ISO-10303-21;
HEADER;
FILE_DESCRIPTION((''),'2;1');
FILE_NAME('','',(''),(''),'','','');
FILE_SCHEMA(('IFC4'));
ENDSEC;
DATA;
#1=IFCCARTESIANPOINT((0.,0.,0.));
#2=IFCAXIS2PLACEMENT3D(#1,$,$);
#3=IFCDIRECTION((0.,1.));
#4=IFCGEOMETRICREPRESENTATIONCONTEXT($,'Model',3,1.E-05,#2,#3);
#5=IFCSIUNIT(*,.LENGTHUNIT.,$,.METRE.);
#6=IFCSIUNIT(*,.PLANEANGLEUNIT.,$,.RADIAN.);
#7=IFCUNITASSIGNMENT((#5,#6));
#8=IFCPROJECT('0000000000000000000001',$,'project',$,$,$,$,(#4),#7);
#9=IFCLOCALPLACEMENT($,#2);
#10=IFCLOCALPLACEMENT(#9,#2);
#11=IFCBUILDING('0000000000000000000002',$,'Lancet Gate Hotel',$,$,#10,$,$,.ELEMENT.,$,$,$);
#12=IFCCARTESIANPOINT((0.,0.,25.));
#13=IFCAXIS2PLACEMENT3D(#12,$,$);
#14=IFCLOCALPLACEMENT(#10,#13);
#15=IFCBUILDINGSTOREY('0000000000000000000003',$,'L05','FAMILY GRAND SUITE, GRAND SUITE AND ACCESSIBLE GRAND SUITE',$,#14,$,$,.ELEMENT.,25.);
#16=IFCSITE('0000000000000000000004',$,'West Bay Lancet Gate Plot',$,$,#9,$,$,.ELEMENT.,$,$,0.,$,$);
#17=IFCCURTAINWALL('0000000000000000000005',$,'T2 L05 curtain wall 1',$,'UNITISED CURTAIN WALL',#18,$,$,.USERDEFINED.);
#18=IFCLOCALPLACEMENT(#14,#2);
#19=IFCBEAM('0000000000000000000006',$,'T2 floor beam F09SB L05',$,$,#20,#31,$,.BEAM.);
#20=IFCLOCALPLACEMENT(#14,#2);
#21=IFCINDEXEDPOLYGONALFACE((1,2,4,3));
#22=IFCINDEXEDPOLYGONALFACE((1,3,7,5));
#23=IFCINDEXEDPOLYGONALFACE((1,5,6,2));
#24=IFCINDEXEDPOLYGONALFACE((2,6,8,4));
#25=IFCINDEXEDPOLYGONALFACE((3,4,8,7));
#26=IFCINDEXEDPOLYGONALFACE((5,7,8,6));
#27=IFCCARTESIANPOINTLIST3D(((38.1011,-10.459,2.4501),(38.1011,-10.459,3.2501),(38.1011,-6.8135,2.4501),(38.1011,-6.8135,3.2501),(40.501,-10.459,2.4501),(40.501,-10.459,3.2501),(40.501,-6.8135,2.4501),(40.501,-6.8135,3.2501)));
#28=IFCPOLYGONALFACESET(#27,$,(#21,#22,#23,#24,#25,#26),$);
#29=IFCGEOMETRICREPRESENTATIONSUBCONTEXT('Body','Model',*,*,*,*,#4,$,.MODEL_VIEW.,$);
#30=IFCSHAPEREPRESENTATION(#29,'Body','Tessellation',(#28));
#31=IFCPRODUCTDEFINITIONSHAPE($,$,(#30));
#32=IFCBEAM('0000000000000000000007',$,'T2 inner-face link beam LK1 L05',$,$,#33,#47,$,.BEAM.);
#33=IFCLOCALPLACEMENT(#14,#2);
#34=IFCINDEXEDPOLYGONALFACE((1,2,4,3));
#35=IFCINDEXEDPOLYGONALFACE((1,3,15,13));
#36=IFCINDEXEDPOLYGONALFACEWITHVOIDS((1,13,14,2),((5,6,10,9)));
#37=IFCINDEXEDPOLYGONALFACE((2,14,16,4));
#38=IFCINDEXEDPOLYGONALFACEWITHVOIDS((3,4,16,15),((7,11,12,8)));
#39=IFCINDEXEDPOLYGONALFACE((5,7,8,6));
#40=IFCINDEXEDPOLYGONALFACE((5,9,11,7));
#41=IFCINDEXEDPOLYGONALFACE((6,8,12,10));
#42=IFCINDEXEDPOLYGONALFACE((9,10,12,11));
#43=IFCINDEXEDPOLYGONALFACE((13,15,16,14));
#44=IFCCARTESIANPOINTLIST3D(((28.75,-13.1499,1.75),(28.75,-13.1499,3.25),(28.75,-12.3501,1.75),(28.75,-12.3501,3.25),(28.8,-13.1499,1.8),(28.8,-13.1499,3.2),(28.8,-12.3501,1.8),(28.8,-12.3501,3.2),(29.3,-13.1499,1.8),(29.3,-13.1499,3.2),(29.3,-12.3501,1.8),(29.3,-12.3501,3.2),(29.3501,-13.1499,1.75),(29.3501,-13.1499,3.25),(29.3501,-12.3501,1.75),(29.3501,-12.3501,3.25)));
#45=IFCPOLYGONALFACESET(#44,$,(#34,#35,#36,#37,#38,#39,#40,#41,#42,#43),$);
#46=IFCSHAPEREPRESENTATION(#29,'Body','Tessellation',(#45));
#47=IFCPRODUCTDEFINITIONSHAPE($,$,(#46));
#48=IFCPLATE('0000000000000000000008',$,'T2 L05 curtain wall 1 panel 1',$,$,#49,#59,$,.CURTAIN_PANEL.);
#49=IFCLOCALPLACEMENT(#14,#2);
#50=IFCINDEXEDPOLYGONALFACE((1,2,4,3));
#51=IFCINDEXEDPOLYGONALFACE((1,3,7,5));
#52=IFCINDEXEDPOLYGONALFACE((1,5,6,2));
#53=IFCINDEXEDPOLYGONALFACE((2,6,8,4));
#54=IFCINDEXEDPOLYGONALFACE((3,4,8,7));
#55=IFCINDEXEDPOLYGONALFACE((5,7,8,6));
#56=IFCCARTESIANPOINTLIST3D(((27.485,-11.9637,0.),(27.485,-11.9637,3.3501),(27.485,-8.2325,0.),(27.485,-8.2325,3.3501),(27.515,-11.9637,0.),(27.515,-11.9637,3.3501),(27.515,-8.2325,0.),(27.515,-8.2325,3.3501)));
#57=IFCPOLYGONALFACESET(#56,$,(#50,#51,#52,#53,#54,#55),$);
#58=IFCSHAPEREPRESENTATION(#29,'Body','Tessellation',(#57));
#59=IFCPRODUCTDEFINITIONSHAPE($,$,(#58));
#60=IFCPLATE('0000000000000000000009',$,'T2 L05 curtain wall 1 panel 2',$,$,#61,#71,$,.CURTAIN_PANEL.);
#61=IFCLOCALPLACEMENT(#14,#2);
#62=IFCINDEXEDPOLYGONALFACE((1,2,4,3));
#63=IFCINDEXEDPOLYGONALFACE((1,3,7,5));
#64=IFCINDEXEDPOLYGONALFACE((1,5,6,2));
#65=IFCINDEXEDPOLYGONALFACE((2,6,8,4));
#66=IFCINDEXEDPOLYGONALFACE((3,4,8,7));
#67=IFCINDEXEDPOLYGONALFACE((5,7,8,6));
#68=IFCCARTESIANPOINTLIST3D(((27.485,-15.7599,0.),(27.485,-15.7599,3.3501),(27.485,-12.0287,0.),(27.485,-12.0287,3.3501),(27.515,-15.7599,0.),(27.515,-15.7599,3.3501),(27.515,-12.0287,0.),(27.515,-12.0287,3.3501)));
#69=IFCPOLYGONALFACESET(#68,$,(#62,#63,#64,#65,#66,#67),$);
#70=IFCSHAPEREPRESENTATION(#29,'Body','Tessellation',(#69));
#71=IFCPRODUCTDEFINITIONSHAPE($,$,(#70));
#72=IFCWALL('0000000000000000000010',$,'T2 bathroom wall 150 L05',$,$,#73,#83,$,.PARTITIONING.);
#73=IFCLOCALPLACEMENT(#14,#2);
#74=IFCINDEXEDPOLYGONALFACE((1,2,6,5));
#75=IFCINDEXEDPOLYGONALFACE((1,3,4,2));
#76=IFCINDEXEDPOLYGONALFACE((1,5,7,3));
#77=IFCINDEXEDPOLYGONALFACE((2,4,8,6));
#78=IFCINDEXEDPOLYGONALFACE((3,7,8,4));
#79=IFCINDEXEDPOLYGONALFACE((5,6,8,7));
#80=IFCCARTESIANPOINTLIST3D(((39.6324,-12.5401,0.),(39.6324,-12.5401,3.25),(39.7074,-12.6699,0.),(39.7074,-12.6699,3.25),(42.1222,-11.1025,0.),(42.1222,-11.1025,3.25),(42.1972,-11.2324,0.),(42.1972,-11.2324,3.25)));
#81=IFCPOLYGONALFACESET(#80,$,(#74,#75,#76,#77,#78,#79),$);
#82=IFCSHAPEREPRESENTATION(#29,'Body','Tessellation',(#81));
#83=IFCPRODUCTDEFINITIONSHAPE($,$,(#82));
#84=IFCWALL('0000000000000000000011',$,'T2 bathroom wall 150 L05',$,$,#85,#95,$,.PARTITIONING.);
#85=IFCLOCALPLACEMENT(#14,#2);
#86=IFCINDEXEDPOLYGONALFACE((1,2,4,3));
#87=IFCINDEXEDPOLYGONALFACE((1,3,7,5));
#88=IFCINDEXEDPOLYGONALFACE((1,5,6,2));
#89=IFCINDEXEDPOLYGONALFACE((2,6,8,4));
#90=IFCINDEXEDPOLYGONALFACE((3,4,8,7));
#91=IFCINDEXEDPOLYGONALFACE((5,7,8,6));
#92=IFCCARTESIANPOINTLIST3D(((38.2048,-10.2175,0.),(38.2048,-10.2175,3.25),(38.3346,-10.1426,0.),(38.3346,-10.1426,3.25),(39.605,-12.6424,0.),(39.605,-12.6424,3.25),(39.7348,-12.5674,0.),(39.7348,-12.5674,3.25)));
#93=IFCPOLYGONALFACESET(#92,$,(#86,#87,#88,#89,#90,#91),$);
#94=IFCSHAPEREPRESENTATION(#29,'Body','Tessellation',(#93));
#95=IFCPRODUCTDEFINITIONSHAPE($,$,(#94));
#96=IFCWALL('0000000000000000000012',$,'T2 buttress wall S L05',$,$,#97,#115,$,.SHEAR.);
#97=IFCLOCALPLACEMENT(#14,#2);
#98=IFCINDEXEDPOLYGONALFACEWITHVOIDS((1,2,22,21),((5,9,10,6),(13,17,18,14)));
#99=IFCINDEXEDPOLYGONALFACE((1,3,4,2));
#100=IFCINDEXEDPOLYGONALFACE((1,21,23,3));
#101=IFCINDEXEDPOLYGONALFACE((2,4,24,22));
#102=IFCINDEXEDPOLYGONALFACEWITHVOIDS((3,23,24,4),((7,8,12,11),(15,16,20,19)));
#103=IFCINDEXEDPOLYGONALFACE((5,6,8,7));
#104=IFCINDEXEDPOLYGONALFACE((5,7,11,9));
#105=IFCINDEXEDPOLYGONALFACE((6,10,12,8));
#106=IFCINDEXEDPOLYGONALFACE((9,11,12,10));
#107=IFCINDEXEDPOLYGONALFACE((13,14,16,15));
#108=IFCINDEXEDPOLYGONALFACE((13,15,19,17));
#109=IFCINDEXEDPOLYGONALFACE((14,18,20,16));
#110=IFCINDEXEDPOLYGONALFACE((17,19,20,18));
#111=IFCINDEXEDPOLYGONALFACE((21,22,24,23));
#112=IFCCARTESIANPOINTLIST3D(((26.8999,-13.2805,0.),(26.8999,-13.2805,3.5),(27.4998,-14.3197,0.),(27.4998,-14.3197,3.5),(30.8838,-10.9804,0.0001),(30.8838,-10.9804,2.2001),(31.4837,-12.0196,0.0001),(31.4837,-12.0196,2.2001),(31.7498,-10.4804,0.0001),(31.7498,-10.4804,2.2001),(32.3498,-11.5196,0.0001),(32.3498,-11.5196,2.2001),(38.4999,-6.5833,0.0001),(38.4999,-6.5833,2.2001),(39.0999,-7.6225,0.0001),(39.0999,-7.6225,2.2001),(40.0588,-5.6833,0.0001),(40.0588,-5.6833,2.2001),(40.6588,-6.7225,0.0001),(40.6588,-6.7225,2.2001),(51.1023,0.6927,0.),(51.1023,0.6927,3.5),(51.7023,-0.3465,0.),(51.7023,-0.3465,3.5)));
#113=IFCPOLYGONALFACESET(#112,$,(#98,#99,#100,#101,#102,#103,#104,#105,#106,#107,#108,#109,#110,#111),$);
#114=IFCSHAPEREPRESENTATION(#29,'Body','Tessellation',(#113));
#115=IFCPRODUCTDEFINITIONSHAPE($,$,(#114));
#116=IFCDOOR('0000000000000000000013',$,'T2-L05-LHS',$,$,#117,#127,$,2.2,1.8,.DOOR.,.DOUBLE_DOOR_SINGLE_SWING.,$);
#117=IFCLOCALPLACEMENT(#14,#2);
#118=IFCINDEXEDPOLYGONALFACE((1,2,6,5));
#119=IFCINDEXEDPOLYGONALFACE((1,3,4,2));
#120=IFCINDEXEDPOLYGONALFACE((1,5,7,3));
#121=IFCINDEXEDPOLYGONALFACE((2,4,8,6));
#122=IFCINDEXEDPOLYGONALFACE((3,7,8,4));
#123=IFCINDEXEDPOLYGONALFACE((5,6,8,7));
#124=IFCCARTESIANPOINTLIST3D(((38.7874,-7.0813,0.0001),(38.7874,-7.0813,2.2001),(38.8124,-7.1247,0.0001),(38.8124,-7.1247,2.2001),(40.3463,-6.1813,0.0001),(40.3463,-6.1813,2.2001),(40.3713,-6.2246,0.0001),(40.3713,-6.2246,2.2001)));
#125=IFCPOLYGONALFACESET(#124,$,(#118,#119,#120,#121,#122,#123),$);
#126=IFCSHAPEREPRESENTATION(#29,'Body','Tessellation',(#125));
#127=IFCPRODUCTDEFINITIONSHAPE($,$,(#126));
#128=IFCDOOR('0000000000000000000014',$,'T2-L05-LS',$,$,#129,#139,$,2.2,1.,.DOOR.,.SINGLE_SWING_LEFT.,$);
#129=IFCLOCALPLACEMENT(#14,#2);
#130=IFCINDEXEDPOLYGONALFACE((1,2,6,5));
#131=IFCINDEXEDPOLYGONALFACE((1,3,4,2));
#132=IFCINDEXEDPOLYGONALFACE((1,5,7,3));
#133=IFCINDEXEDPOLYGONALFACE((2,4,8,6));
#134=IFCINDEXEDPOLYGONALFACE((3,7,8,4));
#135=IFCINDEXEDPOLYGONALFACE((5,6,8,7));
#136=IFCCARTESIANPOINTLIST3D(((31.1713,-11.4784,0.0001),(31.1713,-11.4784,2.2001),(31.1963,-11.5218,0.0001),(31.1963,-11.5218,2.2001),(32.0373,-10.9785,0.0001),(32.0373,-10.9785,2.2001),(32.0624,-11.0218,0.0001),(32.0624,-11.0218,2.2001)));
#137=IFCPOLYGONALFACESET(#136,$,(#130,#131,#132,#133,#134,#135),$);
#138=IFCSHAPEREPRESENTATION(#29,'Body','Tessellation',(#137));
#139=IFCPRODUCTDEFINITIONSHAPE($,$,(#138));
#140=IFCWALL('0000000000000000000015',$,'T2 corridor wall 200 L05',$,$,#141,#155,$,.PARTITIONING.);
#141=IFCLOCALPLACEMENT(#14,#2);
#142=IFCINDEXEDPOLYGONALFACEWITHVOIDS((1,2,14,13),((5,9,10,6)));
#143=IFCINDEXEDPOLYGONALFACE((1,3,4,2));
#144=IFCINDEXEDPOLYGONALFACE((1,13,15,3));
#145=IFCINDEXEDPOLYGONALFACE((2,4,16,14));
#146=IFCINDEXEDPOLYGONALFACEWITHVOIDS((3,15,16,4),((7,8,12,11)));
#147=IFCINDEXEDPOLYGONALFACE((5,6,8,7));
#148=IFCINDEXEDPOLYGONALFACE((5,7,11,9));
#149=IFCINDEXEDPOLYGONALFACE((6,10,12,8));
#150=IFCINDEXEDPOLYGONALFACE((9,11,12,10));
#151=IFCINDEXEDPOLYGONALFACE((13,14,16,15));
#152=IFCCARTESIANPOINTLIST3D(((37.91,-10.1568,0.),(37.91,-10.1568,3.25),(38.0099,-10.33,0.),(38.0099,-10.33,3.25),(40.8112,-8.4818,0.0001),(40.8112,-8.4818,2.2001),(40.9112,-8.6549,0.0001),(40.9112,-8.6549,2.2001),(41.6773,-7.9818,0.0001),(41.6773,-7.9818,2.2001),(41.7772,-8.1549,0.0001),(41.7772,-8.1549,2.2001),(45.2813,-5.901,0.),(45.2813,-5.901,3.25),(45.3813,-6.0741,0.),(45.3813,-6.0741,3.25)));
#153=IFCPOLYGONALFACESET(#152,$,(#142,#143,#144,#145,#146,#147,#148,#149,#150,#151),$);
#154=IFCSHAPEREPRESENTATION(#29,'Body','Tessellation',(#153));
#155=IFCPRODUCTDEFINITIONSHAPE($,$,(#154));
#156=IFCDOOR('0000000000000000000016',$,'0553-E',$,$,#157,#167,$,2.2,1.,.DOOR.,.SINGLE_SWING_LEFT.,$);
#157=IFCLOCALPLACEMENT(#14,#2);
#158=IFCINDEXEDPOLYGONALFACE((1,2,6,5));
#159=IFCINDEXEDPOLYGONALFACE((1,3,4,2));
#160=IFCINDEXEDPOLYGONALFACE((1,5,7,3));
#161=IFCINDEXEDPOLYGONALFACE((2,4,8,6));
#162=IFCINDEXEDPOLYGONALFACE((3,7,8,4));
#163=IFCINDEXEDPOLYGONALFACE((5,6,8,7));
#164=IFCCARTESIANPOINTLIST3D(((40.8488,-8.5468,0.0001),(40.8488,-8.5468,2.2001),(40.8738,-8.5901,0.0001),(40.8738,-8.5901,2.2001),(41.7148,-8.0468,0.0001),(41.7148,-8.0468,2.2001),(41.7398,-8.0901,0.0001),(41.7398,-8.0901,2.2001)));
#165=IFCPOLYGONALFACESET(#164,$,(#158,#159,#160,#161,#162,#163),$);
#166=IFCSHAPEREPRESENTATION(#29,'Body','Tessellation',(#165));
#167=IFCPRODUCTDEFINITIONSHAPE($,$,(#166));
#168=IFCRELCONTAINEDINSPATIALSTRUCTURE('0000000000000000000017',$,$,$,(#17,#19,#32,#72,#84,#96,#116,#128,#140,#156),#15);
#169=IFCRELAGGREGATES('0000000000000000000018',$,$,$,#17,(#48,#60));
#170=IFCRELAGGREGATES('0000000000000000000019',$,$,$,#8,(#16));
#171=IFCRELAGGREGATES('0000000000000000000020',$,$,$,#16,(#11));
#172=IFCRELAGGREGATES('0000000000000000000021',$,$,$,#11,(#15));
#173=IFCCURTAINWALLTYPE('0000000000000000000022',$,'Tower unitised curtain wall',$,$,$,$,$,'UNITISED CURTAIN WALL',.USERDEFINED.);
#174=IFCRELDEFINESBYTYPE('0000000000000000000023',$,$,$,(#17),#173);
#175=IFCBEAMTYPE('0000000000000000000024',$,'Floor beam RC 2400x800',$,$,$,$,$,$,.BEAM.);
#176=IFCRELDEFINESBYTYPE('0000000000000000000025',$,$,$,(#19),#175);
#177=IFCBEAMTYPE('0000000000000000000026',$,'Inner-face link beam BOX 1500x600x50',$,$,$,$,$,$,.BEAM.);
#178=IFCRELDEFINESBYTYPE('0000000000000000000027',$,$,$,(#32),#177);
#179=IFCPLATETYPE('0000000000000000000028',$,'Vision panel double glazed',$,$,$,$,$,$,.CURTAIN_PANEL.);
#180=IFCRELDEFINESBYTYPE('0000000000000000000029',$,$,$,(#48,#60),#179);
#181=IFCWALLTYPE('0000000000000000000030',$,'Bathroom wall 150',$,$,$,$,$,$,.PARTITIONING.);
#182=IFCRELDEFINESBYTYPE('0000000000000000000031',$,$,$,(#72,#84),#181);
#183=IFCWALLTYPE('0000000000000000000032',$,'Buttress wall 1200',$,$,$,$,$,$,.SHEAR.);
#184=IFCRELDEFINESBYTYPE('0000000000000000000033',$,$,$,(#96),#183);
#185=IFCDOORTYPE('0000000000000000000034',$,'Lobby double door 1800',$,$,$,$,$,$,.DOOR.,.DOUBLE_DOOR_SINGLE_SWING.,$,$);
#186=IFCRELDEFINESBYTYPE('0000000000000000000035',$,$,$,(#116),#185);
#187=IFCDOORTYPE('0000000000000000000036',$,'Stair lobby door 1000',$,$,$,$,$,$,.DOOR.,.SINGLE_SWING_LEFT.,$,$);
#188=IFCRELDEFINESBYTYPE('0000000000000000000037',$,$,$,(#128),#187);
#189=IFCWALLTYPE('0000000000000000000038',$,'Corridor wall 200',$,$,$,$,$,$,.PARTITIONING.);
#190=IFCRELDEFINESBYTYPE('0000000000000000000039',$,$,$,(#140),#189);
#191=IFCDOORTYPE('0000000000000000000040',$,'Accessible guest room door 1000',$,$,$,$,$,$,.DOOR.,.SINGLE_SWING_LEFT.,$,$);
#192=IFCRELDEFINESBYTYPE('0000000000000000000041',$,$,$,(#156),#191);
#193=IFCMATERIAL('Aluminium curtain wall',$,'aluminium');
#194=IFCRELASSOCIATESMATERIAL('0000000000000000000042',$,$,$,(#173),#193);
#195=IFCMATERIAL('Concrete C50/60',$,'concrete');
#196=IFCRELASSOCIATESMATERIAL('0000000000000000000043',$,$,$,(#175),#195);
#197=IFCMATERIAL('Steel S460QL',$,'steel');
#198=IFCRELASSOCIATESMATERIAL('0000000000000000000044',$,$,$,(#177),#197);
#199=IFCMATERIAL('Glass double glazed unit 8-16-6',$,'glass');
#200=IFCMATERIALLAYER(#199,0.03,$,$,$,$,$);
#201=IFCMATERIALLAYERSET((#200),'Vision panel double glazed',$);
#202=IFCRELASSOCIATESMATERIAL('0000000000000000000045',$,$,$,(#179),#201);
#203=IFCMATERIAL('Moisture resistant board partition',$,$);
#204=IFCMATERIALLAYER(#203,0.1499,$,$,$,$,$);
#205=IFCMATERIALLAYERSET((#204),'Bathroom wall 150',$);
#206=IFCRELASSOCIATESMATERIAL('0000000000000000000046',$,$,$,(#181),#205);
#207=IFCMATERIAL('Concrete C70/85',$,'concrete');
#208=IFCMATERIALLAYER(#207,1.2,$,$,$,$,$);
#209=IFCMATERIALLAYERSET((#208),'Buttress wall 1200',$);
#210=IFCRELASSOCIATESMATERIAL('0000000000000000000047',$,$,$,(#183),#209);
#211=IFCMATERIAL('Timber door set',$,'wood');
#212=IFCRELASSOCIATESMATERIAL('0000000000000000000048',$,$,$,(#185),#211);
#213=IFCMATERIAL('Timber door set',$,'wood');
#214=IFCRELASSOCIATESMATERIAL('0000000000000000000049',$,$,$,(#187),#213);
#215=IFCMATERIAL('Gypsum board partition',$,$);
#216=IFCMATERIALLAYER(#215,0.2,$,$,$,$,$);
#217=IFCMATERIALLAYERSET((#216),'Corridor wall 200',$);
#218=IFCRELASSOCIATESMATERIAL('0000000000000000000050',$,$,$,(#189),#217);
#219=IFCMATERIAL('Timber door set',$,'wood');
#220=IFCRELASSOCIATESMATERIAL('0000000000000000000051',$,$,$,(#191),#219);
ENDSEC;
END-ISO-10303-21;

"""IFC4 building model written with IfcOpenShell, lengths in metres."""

from ifc_helpers import new_model, si_unit, direction, frame, frame_2d, origin, origin_2d, place, context, subcontext, project, spatial, rectangle, hollow_rectangle, extrude, material, layer, layer_set, material_profile, profile_set, type_object, element, fill, aggregate, save


model = new_model("IFC4")

# Units and contexts
model_context = context("Model", 3, precision=1e-05, world=origin(), true_north=direction((0.0, 1.0)))
body_context = subcontext(model_context, "Body", "Model", "MODEL_VIEW")
ifc_project = project(units=[si_unit("LENGTHUNIT", "METRE"), si_unit("PLANEANGLEUNIT", "RADIAN")], contexts=[model_context])

# Site, building, storey
site_placement = place(None, origin())
site = spatial("IfcSite", under=ifc_project, at=site_placement, Name="West Bay Lancet Gate Plot", CompositionType="ELEMENT", RefElevation=0.0)
building_placement = place(site_placement, origin())
building = spatial("IfcBuilding", under=site, at=building_placement, Name="Lancet Gate Hotel", CompositionType="ELEMENT")
storey_placement = place(building_placement, frame((0.0, 0.0, 25.0)))
storey = spatial("IfcBuildingStorey", under=building, at=storey_placement, Name="L05", Description="FAMILY GRAND SUITE, GRAND SUITE AND ACCESSIBLE GRAND SUITE", CompositionType="ELEMENT", Elevation=25.0)

# Curtain wall
ifc_material_1 = material(Name="Aluminium curtain wall", Category="aluminium")
curtain_wall_type = type_object("IfcCurtainWallType", Name="Tower unitised curtain wall", ElementType="UNITISED CURTAIN WALL", PredefinedType="USERDEFINED", material=ifc_material_1)
curtain_wall_placement = place(storey_placement, origin())
curtain_wall = element("IfcCurtainWall", 1, at=curtain_wall_placement, inside=storey, type_object=curtain_wall_type, Name="T2 L05 curtain wall 1", ObjectType="UNITISED CURTAIN WALL", PredefinedType="USERDEFINED")

# Beams
ifc_material_2 = material(Name="Concrete C50/60", Category="concrete")
ifc_material_profile_1 = material_profile(ifc_material_2, rectangle(XDim=2.3999, YDim=0.8, at=origin_2d()), Name="RC 2400x800")
ifc_profile_set_1 = profile_set([ifc_material_profile_1], Name="Concrete C50/60")
beam_type_1 = type_object("IfcBeamType", Name="Floor beam RC 2400x800", PredefinedType="BEAM", material=ifc_profile_set_1)
beam_1_placement = place(storey_placement, frame((39.301, -10.459, 2.8501), z_axis=(0.0, 1.0, 0.0), x_axis=(-1.0, 0.0, 0.0)))
element("IfcBeam", 2, at=beam_1_placement, inside=storey, type_object=beam_type_1, Name="T2 floor beam F09SB L05", PredefinedType="BEAM", context=body_context, shape_type="SweptSolid", body=[
    extrude(rectangle(XDim=2.3999, YDim=0.8, at=origin_2d()), origin(), (0.0, 0.0, 1.0), 3.6455),
])
ifc_material_3 = material(Name="Steel S460QL", Category="steel")
ifc_material_profile_2 = material_profile(ifc_material_3, hollow_rectangle(XDim=0.6001, YDim=1.5, WallThickness=0.05, at=origin_2d()), Name="BOX 1500x600x50")
ifc_profile_set_2 = profile_set([ifc_material_profile_2], Name="Steel S460QL")
beam_type_2 = type_object("IfcBeamType", Name="Inner-face link beam BOX 1500x600x50", PredefinedType="BEAM", material=ifc_profile_set_2)
beam_2_placement = place(storey_placement, frame((29.05, -13.1499, 2.5), z_axis=(0.0, 1.0, 0.0), x_axis=(-1.0, 0.0, 0.0)))
element("IfcBeam", 3, at=beam_2_placement, inside=storey, type_object=beam_type_2, Name="T2 inner-face link beam LK1 L05", PredefinedType="BEAM", context=body_context, shape_type="SweptSolid", body=[
    extrude(hollow_rectangle(XDim=0.6001, YDim=1.5, WallThickness=0.05, at=origin_2d()), origin(), (0.0, 0.0, 1.0), 0.7998),
])

# Plates
ifc_material_4 = material(Name="Glass double glazed unit 8-16-6", Category="glass")
ifc_layer_1 = layer(ifc_material_4, 0.03)
ifc_layer_set_1 = layer_set([ifc_layer_1], Name="Vision panel double glazed")
plate_type = type_object("IfcPlateType", Name="Vision panel double glazed", PredefinedType="CURTAIN_PANEL", material=ifc_layer_set_1)
plate_1_placement = place(storey_placement, frame((27.5, -10.0981, 0.0), z_axis=(0.0, 0.0, 1.0), x_axis=(0.0, -1.0, 0.0)))
plate_1 = element("IfcPlate", 4, at=plate_1_placement, type_object=plate_type, Name="T2 L05 curtain wall 1 panel 1", PredefinedType="CURTAIN_PANEL", context=body_context, shape_type="SweptSolid", body=[
    extrude(rectangle(XDim=3.7312, YDim=0.03, at=origin_2d()), origin(), (0.0, 0.0, 1.0), 3.3501),
])
plate_2_placement = place(storey_placement, frame((27.5, -13.8943, 0.0), z_axis=(0.0, 0.0, 1.0), x_axis=(0.0, -1.0, 0.0)))
plate_2 = element("IfcPlate", 5, at=plate_2_placement, type_object=plate_type, Name="T2 L05 curtain wall 1 panel 2", PredefinedType="CURTAIN_PANEL", context=body_context, shape_type="SweptSolid", body=[
    extrude(rectangle(XDim=3.7312, YDim=0.03, at=origin_2d()), origin(), (0.0, 0.0, 1.0), 3.3501),
])
aggregate(curtain_wall, [plate_1, plate_2])

# Walls
ifc_material_5 = material(Name="Moisture resistant board partition")
ifc_layer_2 = layer(ifc_material_5, 0.1499)
ifc_layer_set_2 = layer_set([ifc_layer_2], Name="Bathroom wall 150")
wall_type_1 = type_object("IfcWallType", Name="Bathroom wall 150", PredefinedType="PARTITIONING", material=ifc_layer_set_2)
wall_1_placement = place(storey_placement, frame((39.6699, -12.605, 0.0), z_axis=(0.0, 0.0, 1.0), x_axis=(0.866019, 0.500012, 0.0)))
element("IfcWall", 6, at=wall_1_placement, inside=storey, type_object=wall_type_1, Name="T2 bathroom wall 150 L05", PredefinedType="PARTITIONING", context=body_context, shape_type="SweptSolid", body=[
    extrude(rectangle(XDim=2.875, YDim=0.1499, at=frame_2d((1.4375, 0.0))), origin(), (0.0, 0.0, 1.0), 3.25),
])
wall_2_placement = place(storey_placement, frame((38.2698, -10.1802, 0.0), z_axis=(0.0, 0.0, 1.0), x_axis=(0.50005, -0.865997, 0.0)))
element("IfcWall", 7, at=wall_2_placement, inside=storey, type_object=wall_type_1, Name="T2 bathroom wall 150 L05", PredefinedType="PARTITIONING", context=body_context, shape_type="SweptSolid", body=[
    extrude(rectangle(XDim=2.8, YDim=0.1499, at=frame_2d((1.3999, 0.0))), origin(), (0.0, 0.0, 1.0), 3.25),
])

# Wall, openings, doors
ifc_material_6 = material(Name="Concrete C70/85", Category="concrete")
ifc_layer_3 = layer(ifc_material_6, 1.2)
ifc_layer_set_3 = layer_set([ifc_layer_3], Name="Buttress wall 1200")
wall_type_2 = type_object("IfcWallType", Name="Buttress wall 1200", PredefinedType="SHEAR", material=ifc_layer_set_3)
wall_3_placement = place(storey_placement, frame((27.2, -13.8, 0.0), z_axis=(0.0, 0.0, 1.0), x_axis=(0.866027, 0.499997, 0.0)))
wall_3 = element("IfcWall", 8, at=wall_3_placement, inside=storey, type_object=wall_type_2, Name="T2 buttress wall S L05", PredefinedType="SHEAR", context=body_context, shape_type="SweptSolid", body=[
    extrude(rectangle(XDim=27.9465, YDim=1.2, at=frame_2d((13.9731, 0.0))), origin(), (0.0, 0.0, 1.0), 3.5),
])
opening_1_placement = place(wall_3_placement, frame((4.6001, 0.0, 0.0)))
opening_1 = element("IfcOpeningElement", 9, at=opening_1_placement, cuts=wall_3, PredefinedType="OPENING", context=body_context, shape_type="SweptSolid", body=[
    extrude(rectangle(XDim=1.0, YDim=2.2, at=frame_2d((0.5, 1.1001))), frame((0.0, 0.6099, 0.0), z_axis=(0.0, -1.0, 0.0), x_axis=(1.0, 0.0, 0.0)), (0.0, 0.0, 1.0), 1.22),
])
opening_2_placement = place(wall_3_placement, frame((13.3945, 0.0, 0.0)))
opening_2 = element("IfcOpeningElement", 10, at=opening_2_placement, cuts=wall_3, PredefinedType="OPENING", context=body_context, shape_type="SweptSolid", body=[
    extrude(rectangle(XDim=1.8, YDim=2.2, at=frame_2d((0.8999, 1.1001))), frame((0.0, 0.6099, 0.0), z_axis=(0.0, -1.0, 0.0), x_axis=(1.0, 0.0, 0.0)), (0.0, 0.0, 1.0), 1.22),
])
ifc_material_7 = material(Name="Timber door set", Category="wood")
door_type_1 = type_object("IfcDoorType", Name="Lobby double door 1800", OperationType="DOUBLE_DOOR_SINGLE_SWING", PredefinedType="DOOR", material=ifc_material_7)
door_1_placement = place(opening_2_placement, origin())
door_1 = element("IfcDoor", 11, at=door_1_placement, inside=storey, type_object=door_type_1, Name="T2-L05-LHS", OperationType="DOUBLE_DOOR_SINGLE_SWING", OverallHeight=2.2, OverallWidth=1.8, PredefinedType="DOOR", context=body_context, shape_type="SweptSolid", body=[
    extrude(rectangle(XDim=1.8, YDim=2.2, at=frame_2d((0.8999, 1.1001))), frame((0.0, 0.0249, 0.0), z_axis=(0.0, -1.0, 0.0), x_axis=(1.0, 0.0, 0.0)), (0.0, 0.0, 1.0), 0.05),
])
fill(opening_2, door_1)
ifc_material_8 = material(Name="Timber door set", Category="wood")
door_type_2 = type_object("IfcDoorType", Name="Stair lobby door 1000", OperationType="SINGLE_SWING_LEFT", PredefinedType="DOOR", material=ifc_material_8)
door_2_placement = place(opening_1_placement, origin())
door_2 = element("IfcDoor", 12, at=door_2_placement, inside=storey, type_object=door_type_2, Name="T2-L05-LS", OperationType="SINGLE_SWING_LEFT", OverallHeight=2.2, OverallWidth=1.0, PredefinedType="DOOR", context=body_context, shape_type="SweptSolid", body=[
    extrude(rectangle(XDim=1.0, YDim=2.2, at=frame_2d((0.5, 1.1001))), frame((0.0, 0.0249, 0.0), z_axis=(0.0, -1.0, 0.0), x_axis=(1.0, 0.0, 0.0)), (0.0, 0.0, 1.0), 0.05),
])
fill(opening_1, door_2)

# Wall, opening, door
ifc_material_9 = material(Name="Gypsum board partition")
ifc_layer_4 = layer(ifc_material_9, 0.2)
ifc_layer_set_4 = layer_set([ifc_layer_4], Name="Corridor wall 200")
wall_type_3 = type_object("IfcWallType", Name="Corridor wall 200", PredefinedType="PARTITIONING", material=ifc_layer_set_4)
wall_4_placement = place(storey_placement, frame((37.96, -10.2434, 0.0), z_axis=(0.0, 0.0, 1.0), x_axis=(0.866025, 0.500001, 0.0)))
wall_4 = element("IfcWall", 13, at=wall_4_placement, inside=storey, type_object=wall_type_3, Name="T2 corridor wall 200 L05", PredefinedType="PARTITIONING", context=body_context, shape_type="SweptSolid", body=[
    extrude(rectangle(XDim=8.5117, YDim=0.2, at=frame_2d((4.2559, 0.0))), origin(), (0.0, 0.0, 1.0), 3.25),
])
opening_3_placement = place(wall_4_placement, frame((3.3501, 0.0, 0.0)))
opening_3 = element("IfcOpeningElement", 14, at=opening_3_placement, cuts=wall_4, PredefinedType="OPENING", context=body_context, shape_type="SweptSolid", body=[
    extrude(rectangle(XDim=1.0, YDim=2.2, at=frame_2d((0.5, 1.1001))), frame((0.0, 0.1099, 0.0), z_axis=(0.0, -1.0, 0.0), x_axis=(1.0, 0.0, 0.0)), (0.0, 0.0, 1.0), 0.22),
])
ifc_material_10 = material(Name="Timber door set", Category="wood")
door_type_3 = type_object("IfcDoorType", Name="Accessible guest room door 1000", OperationType="SINGLE_SWING_LEFT", PredefinedType="DOOR", material=ifc_material_10)
door_3_placement = place(opening_3_placement, origin())
door_3 = element("IfcDoor", 15, at=door_3_placement, inside=storey, type_object=door_type_3, Name="0553-E", OperationType="SINGLE_SWING_LEFT", OverallHeight=2.2, OverallWidth=1.0, PredefinedType="DOOR", context=body_context, shape_type="SweptSolid", body=[
    extrude(rectangle(XDim=1.0, YDim=2.2, at=frame_2d((0.5, 1.1001))), frame((0.0, 0.0249, 0.0), z_axis=(0.0, -1.0, 0.0), x_axis=(1.0, 0.0, 0.0)), (0.0, 0.0, 1.0), 0.05),
])
fill(opening_3, door_3)

save(model, "model.ifc")
